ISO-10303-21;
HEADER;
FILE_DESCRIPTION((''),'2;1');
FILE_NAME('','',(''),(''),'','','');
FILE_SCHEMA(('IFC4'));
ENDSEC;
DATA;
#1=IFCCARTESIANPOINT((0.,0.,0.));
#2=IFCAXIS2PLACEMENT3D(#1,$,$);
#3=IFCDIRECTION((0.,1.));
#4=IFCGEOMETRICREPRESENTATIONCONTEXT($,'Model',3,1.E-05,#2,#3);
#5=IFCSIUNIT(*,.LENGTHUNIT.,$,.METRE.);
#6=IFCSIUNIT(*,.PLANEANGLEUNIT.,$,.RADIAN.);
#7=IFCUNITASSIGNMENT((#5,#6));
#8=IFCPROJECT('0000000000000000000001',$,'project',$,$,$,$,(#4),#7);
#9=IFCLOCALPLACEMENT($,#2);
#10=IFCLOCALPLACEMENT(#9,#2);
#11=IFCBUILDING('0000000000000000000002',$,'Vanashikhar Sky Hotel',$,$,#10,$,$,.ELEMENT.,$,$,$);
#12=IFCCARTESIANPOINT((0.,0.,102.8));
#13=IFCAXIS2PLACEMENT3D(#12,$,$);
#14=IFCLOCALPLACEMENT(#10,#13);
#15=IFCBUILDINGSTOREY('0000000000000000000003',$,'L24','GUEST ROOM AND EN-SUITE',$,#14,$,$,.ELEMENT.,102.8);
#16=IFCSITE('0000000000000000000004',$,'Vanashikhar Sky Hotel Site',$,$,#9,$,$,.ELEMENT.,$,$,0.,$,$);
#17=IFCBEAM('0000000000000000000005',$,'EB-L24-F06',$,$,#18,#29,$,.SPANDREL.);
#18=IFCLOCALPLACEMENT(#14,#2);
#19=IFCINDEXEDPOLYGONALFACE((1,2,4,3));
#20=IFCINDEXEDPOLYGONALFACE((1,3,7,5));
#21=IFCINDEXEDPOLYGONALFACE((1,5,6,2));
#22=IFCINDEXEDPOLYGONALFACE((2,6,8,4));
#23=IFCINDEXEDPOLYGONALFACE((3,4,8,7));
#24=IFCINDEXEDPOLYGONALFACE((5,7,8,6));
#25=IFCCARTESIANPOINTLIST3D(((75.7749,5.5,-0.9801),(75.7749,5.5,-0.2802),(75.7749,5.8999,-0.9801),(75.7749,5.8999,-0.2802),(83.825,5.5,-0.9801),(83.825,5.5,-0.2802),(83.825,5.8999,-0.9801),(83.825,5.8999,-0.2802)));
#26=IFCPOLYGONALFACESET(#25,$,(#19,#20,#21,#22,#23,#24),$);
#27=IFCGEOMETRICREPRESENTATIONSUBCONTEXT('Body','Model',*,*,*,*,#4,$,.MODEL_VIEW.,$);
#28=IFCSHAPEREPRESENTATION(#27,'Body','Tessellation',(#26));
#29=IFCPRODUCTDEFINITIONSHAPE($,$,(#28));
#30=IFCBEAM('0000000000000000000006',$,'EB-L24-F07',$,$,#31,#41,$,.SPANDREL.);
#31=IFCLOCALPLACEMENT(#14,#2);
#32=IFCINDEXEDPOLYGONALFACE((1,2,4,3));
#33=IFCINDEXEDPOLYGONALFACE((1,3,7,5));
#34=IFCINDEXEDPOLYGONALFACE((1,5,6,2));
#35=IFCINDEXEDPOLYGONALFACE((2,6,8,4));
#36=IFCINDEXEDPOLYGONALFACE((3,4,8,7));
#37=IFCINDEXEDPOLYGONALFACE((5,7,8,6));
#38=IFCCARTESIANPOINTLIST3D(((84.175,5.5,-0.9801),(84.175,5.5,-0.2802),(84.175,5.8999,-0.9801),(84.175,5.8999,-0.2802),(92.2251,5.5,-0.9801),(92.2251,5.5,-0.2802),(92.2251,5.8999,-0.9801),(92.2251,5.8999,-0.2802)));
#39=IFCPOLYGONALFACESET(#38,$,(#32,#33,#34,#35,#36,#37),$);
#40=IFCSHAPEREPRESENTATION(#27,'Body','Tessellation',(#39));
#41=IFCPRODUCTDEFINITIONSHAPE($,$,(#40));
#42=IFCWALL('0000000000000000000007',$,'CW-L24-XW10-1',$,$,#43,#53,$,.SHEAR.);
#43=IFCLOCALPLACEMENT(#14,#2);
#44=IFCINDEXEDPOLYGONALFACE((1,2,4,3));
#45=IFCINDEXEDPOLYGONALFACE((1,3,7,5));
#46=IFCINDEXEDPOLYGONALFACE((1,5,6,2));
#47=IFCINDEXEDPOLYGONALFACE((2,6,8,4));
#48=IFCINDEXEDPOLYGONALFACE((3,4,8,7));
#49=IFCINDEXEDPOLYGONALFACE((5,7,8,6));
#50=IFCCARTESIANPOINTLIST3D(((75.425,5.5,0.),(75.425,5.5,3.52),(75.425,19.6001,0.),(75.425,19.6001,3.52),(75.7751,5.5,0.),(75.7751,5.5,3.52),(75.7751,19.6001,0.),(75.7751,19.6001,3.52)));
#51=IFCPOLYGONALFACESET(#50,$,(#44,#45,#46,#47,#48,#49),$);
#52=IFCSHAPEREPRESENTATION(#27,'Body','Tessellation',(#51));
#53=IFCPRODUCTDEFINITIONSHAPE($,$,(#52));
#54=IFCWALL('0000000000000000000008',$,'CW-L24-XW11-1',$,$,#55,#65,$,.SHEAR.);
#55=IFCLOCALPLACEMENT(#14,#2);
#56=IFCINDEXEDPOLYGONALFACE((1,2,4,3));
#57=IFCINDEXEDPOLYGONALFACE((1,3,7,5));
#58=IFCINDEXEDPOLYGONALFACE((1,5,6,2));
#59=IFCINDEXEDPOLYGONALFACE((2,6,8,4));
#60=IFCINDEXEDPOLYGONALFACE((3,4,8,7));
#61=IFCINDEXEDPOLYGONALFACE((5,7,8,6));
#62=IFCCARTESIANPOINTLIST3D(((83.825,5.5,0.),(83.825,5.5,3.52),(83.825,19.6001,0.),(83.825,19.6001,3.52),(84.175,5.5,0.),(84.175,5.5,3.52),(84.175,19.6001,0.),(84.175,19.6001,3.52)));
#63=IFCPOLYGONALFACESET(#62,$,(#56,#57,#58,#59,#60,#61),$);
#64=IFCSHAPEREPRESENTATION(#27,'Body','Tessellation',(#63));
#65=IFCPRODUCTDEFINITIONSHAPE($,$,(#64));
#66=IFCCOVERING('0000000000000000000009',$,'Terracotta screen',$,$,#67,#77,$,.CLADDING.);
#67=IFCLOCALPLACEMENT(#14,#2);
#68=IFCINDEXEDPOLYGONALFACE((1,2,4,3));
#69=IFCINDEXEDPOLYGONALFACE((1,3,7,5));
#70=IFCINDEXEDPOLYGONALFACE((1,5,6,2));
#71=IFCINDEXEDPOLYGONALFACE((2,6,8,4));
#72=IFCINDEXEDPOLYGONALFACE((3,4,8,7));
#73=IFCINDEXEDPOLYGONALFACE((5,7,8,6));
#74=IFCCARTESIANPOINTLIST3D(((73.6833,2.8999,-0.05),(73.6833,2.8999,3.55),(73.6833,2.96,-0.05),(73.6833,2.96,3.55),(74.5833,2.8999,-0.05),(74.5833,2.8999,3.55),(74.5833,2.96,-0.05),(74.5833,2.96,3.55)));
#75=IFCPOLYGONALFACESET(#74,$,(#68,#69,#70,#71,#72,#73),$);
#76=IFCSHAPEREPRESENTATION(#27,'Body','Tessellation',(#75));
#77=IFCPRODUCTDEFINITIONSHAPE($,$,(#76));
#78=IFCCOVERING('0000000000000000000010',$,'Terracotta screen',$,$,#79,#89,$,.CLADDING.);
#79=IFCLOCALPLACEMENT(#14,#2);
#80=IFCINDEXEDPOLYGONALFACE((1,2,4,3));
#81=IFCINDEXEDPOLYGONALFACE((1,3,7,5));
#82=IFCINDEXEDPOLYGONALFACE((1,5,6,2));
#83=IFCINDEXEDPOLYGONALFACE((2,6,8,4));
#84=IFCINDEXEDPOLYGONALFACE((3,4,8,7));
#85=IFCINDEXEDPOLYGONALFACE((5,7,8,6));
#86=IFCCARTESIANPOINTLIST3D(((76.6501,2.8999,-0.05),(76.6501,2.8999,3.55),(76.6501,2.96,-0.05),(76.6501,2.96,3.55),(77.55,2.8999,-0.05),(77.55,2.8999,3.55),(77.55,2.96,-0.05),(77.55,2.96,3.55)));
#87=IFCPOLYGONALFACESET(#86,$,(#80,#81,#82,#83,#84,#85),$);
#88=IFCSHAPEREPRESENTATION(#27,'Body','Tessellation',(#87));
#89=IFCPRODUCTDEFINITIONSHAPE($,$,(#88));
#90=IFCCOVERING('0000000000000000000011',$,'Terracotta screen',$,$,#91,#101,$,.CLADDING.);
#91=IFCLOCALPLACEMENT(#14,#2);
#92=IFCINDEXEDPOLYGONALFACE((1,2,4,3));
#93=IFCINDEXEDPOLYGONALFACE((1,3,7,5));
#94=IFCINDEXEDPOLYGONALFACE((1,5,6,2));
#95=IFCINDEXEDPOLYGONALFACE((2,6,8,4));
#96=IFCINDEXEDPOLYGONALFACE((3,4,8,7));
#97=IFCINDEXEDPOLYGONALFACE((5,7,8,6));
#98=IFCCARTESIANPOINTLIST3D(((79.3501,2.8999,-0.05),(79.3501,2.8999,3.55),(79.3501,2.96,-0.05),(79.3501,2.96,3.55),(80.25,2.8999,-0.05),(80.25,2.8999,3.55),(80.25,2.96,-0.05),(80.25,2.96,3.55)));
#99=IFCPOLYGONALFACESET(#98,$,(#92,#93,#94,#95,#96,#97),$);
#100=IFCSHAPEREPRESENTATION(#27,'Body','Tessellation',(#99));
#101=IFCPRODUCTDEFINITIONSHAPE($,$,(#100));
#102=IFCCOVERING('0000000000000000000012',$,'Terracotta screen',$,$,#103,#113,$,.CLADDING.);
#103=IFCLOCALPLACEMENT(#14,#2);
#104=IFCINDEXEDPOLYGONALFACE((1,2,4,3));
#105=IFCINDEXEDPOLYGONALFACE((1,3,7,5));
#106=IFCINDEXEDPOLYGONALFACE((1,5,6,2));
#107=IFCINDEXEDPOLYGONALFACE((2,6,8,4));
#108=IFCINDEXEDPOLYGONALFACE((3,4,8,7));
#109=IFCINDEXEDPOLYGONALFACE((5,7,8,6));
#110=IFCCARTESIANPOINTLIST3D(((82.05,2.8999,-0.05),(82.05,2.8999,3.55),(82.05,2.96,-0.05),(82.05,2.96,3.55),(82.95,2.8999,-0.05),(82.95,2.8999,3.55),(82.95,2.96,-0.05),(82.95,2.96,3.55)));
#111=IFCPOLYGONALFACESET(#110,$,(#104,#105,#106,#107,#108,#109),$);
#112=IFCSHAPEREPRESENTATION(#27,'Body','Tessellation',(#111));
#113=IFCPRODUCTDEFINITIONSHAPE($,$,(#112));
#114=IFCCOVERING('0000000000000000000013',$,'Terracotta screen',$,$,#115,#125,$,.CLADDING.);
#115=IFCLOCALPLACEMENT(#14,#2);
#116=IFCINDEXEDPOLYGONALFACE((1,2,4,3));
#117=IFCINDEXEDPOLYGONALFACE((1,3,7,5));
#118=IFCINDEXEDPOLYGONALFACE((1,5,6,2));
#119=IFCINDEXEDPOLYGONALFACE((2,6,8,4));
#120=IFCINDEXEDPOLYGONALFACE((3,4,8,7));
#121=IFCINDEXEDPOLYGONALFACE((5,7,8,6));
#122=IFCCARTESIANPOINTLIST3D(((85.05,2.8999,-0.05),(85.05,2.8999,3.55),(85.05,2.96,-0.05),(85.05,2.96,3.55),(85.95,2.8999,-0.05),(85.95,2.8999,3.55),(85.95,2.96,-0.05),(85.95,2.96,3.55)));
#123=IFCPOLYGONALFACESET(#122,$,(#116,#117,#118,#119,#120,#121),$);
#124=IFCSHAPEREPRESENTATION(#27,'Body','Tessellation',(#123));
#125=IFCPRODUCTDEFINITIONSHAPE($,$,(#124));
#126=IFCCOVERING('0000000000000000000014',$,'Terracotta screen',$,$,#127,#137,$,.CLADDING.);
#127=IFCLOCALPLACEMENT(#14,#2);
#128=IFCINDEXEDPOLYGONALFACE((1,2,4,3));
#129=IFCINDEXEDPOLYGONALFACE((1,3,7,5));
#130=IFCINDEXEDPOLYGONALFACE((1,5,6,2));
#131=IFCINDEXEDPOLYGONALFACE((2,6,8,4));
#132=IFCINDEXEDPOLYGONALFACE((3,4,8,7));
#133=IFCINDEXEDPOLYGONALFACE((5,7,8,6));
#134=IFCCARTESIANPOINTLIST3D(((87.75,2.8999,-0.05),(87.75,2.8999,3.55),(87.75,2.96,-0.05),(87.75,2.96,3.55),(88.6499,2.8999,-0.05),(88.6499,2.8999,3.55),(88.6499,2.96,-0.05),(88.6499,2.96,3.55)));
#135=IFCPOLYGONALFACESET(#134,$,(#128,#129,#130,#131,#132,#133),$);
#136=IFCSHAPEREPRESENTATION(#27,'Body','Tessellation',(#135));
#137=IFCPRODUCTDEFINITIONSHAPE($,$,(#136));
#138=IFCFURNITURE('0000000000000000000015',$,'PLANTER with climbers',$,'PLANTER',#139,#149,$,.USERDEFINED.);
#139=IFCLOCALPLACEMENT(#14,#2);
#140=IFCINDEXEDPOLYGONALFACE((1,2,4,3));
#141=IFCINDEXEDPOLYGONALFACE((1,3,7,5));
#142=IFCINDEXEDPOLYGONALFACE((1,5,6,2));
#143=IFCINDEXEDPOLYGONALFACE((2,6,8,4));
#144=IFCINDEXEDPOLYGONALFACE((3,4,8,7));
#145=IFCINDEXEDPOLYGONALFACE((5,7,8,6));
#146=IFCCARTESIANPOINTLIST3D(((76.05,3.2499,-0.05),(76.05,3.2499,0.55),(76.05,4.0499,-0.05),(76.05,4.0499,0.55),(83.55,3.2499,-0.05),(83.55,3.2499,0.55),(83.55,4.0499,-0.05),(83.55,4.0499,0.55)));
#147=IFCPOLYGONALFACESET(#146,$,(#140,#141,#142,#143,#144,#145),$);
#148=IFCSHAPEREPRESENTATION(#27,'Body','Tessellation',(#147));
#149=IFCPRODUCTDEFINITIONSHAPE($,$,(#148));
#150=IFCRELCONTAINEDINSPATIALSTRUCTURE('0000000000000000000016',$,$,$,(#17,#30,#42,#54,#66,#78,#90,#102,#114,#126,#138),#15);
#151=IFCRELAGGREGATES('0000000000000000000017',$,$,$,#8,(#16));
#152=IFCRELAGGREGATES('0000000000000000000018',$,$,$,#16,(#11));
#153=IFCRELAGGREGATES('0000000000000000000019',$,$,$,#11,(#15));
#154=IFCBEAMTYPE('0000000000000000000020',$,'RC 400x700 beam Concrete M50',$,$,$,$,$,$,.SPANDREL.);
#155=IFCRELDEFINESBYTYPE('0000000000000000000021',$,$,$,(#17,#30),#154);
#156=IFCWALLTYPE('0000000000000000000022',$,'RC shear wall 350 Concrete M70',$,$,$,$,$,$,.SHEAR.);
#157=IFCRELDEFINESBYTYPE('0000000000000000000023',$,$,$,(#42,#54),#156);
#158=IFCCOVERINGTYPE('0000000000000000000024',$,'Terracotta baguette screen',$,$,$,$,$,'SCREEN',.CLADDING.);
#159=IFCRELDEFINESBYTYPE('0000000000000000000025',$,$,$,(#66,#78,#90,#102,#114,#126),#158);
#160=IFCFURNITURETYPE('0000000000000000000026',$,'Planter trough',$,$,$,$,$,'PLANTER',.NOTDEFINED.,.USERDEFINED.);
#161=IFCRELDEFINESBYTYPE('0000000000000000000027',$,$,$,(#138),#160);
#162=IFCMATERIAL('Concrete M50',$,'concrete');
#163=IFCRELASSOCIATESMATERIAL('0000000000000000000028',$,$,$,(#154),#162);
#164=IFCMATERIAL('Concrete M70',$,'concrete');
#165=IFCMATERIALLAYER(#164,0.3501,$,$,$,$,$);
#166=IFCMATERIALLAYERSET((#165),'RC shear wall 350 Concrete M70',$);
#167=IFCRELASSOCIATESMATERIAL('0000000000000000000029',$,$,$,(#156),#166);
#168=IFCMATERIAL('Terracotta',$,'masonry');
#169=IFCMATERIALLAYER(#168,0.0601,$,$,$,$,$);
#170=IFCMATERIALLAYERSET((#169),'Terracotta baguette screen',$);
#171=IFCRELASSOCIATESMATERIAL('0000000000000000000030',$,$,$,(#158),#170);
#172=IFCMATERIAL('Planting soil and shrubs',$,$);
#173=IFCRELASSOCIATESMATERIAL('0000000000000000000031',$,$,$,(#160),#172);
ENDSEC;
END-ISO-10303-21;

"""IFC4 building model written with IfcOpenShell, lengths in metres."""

from ifc_helpers import new_model, si_unit, direction, frame, frame_2d, origin, origin_2d, place, context, subcontext, project, spatial, rectangle, extrude, source, transform, mapped, material, layer, layer_set, material_profile, profile_set, type_object, element, save


model = new_model("IFC4")

# Units and contexts
model_context = context("Model", 3, precision=1e-05, world=origin(), true_north=direction((0.0, 1.0)))
body_context = subcontext(model_context, "Body", "Model", "MODEL_VIEW")
ifc_project = project(units=[si_unit("LENGTHUNIT", "METRE"), si_unit("PLANEANGLEUNIT", "RADIAN")], contexts=[model_context])

# Site, building, storey
site_placement = place(None, origin())
site = spatial("IfcSite", under=ifc_project, at=site_placement, Name="Vanashikhar Sky Hotel Site", CompositionType="ELEMENT", RefElevation=0.0)
building_placement = place(site_placement, origin())
building = spatial("IfcBuilding", under=site, at=building_placement, Name="Vanashikhar Sky Hotel", CompositionType="ELEMENT")
storey_placement = place(building_placement, frame((0.0, 0.0, 102.8)))
storey = spatial("IfcBuildingStorey", under=building, at=storey_placement, Name="L24", Description="GUEST ROOM AND EN-SUITE", CompositionType="ELEMENT", Elevation=102.8)

# Beams
ifc_material_1 = material(Name="Concrete M50", Category="concrete")
ifc_material_profile = material_profile(ifc_material_1, rectangle(XDim=0.3999, YDim=0.7, at=origin_2d()))
ifc_profile_set = profile_set([ifc_material_profile], Name="RC 400x700 beam Concrete M50")
beam_type = type_object("IfcBeamType", Name="RC 400x700 beam Concrete M50", PredefinedType="SPANDREL", material=ifc_profile_set)
shared_shape_1 = source(origin(), body_context, "Body", "SweptSolid", [
    extrude(rectangle(XDim=0.3999, YDim=0.7, at=origin_2d()), origin(), (0.0, 0.0, 1.0), 8.05),
])
for number, where, z_axis, x_axis, name in (
    (1, (75.7749, 5.7, -0.6301), (1.0, 0.0, 0.0), (0.0, 1.0, 0.0), "EB-L24-F06"),
    (2, (84.175, 5.7, -0.6301), (1.0, 0.0, 0.0), (0.0, 1.0, 0.0), "EB-L24-F07"),
):
    element("IfcBeam", number, at=place(storey_placement, frame(where, z_axis=z_axis, x_axis=x_axis)), inside=storey, type_object=beam_type, Name=name, PredefinedType="SPANDREL", context=body_context, shape_type="MappedRepresentation", body=[
        mapped(shared_shape_1, transform((0.0, 0.0, 0.0), scale=1.0)),
    ])

# Walls
ifc_material_2 = material(Name="Concrete M70", Category="concrete")
ifc_layer_1 = layer(ifc_material_2, 0.3501)
ifc_layer_set_1 = layer_set([ifc_layer_1], Name="RC shear wall 350 Concrete M70")
wall_type_1 = type_object("IfcWallType", Name="RC shear wall 350 Concrete M70", PredefinedType="SHEAR", material=ifc_layer_set_1)
shared_shape_2 = source(origin(), body_context, "Body", "SweptSolid", [
    extrude(rectangle(XDim=14.1001, YDim=0.3501, at=frame_2d((7.05, 0.0))), origin(), (0.0, 0.0, 1.0), 3.52),
])
for number, where, z_axis, x_axis, name in (
    (3, (75.6001, 5.5, 0.0), (0.0, 0.0, 1.0), (0.0, 1.0, 0.0), "CW-L24-XW10-1"),
    (4, (84.0, 5.5, 0.0), (0.0, 0.0, 1.0), (0.0, 1.0, 0.0), "CW-L24-XW11-1"),
):
    element("IfcWall", number, at=place(storey_placement, frame(where, z_axis=z_axis, x_axis=x_axis)), inside=storey, type_object=wall_type_1, Name=name, PredefinedType="SHEAR", context=body_context, shape_type="MappedRepresentation", body=[
        mapped(shared_shape_2, transform((0.0, 0.0, 0.0), scale=1.0)),
    ])

# Coverings
ifc_material_3 = material(Name="Terracotta", Category="masonry")
ifc_layer_2 = layer(ifc_material_3, 0.0601)
ifc_layer_set_2 = layer_set([ifc_layer_2], Name="Terracotta baguette screen")
covering_type = type_object("IfcCoveringType", Name="Terracotta baguette screen", ElementType="SCREEN", PredefinedType="CLADDING", material=ifc_layer_set_2)
shared_shape_3 = source(origin(), body_context, "Body", "SweptSolid", [
    extrude(rectangle(XDim=0.8999, YDim=0.0601, at=origin_2d()), origin(), (0.0, 0.0, 1.0), 3.6001),
])
for number, where, z_axis, x_axis, name in (
    (5, (74.1333, 2.9299, -0.05), (0.0, 0.0, 1.0), (1.0, 0.0, 0.0), "Terracotta screen"),
    (6, (77.1001, 2.9299, -0.05), (0.0, 0.0, 1.0), (1.0, 0.0, 0.0), "Terracotta screen"),
    (7, (79.8, 2.9299, -0.05), (0.0, 0.0, 1.0), (1.0, 0.0, 0.0), "Terracotta screen"),
    (8, (82.5, 2.9299, -0.05), (0.0, 0.0, 1.0), (1.0, 0.0, 0.0), "Terracotta screen"),
    (9, (85.5, 2.9299, -0.05), (0.0, 0.0, 1.0), (1.0, 0.0, 0.0), "Terracotta screen"),
    (10, (88.2, 2.9299, -0.05), (0.0, 0.0, 1.0), (1.0, 0.0, 0.0), "Terracotta screen"),
):
    element("IfcCovering", number, at=place(storey_placement, frame(where, z_axis=z_axis, x_axis=x_axis)), inside=storey, type_object=covering_type, Name=name, PredefinedType="CLADDING", context=body_context, shape_type="MappedRepresentation", body=[
        mapped(shared_shape_3, transform((0.0, 0.0, 0.0), scale=1.0)),
    ])

# Furniture
ifc_material_4 = material(Name="Planting soil and shrubs")
furniture_type = type_object("IfcFurnitureType", Name="Planter trough", ElementType="PLANTER", AssemblyPlace="NOTDEFINED", PredefinedType="USERDEFINED", material=ifc_material_4)
shared_shape_4 = source(origin(), body_context, "Body", "SweptSolid", [
    extrude(rectangle(XDim=7.5, YDim=0.8, at=origin_2d()), origin(), (0.0, 0.0, 1.0), 0.6001),
])
furniture_placement = place(storey_placement, frame((79.8, 3.6499, -0.05), z_axis=(0.0, 0.0, 1.0), x_axis=(1.0, 0.0, 0.0)))
element("IfcFurniture", 11, at=furniture_placement, inside=storey, type_object=furniture_type, Name="PLANTER with climbers", ObjectType="PLANTER", PredefinedType="USERDEFINED", context=body_context, shape_type="MappedRepresentation", body=[
    mapped(shared_shape_4, transform((0.0, 0.0, 0.0), scale=1.0)),
])

save(model, "model.ifc")
